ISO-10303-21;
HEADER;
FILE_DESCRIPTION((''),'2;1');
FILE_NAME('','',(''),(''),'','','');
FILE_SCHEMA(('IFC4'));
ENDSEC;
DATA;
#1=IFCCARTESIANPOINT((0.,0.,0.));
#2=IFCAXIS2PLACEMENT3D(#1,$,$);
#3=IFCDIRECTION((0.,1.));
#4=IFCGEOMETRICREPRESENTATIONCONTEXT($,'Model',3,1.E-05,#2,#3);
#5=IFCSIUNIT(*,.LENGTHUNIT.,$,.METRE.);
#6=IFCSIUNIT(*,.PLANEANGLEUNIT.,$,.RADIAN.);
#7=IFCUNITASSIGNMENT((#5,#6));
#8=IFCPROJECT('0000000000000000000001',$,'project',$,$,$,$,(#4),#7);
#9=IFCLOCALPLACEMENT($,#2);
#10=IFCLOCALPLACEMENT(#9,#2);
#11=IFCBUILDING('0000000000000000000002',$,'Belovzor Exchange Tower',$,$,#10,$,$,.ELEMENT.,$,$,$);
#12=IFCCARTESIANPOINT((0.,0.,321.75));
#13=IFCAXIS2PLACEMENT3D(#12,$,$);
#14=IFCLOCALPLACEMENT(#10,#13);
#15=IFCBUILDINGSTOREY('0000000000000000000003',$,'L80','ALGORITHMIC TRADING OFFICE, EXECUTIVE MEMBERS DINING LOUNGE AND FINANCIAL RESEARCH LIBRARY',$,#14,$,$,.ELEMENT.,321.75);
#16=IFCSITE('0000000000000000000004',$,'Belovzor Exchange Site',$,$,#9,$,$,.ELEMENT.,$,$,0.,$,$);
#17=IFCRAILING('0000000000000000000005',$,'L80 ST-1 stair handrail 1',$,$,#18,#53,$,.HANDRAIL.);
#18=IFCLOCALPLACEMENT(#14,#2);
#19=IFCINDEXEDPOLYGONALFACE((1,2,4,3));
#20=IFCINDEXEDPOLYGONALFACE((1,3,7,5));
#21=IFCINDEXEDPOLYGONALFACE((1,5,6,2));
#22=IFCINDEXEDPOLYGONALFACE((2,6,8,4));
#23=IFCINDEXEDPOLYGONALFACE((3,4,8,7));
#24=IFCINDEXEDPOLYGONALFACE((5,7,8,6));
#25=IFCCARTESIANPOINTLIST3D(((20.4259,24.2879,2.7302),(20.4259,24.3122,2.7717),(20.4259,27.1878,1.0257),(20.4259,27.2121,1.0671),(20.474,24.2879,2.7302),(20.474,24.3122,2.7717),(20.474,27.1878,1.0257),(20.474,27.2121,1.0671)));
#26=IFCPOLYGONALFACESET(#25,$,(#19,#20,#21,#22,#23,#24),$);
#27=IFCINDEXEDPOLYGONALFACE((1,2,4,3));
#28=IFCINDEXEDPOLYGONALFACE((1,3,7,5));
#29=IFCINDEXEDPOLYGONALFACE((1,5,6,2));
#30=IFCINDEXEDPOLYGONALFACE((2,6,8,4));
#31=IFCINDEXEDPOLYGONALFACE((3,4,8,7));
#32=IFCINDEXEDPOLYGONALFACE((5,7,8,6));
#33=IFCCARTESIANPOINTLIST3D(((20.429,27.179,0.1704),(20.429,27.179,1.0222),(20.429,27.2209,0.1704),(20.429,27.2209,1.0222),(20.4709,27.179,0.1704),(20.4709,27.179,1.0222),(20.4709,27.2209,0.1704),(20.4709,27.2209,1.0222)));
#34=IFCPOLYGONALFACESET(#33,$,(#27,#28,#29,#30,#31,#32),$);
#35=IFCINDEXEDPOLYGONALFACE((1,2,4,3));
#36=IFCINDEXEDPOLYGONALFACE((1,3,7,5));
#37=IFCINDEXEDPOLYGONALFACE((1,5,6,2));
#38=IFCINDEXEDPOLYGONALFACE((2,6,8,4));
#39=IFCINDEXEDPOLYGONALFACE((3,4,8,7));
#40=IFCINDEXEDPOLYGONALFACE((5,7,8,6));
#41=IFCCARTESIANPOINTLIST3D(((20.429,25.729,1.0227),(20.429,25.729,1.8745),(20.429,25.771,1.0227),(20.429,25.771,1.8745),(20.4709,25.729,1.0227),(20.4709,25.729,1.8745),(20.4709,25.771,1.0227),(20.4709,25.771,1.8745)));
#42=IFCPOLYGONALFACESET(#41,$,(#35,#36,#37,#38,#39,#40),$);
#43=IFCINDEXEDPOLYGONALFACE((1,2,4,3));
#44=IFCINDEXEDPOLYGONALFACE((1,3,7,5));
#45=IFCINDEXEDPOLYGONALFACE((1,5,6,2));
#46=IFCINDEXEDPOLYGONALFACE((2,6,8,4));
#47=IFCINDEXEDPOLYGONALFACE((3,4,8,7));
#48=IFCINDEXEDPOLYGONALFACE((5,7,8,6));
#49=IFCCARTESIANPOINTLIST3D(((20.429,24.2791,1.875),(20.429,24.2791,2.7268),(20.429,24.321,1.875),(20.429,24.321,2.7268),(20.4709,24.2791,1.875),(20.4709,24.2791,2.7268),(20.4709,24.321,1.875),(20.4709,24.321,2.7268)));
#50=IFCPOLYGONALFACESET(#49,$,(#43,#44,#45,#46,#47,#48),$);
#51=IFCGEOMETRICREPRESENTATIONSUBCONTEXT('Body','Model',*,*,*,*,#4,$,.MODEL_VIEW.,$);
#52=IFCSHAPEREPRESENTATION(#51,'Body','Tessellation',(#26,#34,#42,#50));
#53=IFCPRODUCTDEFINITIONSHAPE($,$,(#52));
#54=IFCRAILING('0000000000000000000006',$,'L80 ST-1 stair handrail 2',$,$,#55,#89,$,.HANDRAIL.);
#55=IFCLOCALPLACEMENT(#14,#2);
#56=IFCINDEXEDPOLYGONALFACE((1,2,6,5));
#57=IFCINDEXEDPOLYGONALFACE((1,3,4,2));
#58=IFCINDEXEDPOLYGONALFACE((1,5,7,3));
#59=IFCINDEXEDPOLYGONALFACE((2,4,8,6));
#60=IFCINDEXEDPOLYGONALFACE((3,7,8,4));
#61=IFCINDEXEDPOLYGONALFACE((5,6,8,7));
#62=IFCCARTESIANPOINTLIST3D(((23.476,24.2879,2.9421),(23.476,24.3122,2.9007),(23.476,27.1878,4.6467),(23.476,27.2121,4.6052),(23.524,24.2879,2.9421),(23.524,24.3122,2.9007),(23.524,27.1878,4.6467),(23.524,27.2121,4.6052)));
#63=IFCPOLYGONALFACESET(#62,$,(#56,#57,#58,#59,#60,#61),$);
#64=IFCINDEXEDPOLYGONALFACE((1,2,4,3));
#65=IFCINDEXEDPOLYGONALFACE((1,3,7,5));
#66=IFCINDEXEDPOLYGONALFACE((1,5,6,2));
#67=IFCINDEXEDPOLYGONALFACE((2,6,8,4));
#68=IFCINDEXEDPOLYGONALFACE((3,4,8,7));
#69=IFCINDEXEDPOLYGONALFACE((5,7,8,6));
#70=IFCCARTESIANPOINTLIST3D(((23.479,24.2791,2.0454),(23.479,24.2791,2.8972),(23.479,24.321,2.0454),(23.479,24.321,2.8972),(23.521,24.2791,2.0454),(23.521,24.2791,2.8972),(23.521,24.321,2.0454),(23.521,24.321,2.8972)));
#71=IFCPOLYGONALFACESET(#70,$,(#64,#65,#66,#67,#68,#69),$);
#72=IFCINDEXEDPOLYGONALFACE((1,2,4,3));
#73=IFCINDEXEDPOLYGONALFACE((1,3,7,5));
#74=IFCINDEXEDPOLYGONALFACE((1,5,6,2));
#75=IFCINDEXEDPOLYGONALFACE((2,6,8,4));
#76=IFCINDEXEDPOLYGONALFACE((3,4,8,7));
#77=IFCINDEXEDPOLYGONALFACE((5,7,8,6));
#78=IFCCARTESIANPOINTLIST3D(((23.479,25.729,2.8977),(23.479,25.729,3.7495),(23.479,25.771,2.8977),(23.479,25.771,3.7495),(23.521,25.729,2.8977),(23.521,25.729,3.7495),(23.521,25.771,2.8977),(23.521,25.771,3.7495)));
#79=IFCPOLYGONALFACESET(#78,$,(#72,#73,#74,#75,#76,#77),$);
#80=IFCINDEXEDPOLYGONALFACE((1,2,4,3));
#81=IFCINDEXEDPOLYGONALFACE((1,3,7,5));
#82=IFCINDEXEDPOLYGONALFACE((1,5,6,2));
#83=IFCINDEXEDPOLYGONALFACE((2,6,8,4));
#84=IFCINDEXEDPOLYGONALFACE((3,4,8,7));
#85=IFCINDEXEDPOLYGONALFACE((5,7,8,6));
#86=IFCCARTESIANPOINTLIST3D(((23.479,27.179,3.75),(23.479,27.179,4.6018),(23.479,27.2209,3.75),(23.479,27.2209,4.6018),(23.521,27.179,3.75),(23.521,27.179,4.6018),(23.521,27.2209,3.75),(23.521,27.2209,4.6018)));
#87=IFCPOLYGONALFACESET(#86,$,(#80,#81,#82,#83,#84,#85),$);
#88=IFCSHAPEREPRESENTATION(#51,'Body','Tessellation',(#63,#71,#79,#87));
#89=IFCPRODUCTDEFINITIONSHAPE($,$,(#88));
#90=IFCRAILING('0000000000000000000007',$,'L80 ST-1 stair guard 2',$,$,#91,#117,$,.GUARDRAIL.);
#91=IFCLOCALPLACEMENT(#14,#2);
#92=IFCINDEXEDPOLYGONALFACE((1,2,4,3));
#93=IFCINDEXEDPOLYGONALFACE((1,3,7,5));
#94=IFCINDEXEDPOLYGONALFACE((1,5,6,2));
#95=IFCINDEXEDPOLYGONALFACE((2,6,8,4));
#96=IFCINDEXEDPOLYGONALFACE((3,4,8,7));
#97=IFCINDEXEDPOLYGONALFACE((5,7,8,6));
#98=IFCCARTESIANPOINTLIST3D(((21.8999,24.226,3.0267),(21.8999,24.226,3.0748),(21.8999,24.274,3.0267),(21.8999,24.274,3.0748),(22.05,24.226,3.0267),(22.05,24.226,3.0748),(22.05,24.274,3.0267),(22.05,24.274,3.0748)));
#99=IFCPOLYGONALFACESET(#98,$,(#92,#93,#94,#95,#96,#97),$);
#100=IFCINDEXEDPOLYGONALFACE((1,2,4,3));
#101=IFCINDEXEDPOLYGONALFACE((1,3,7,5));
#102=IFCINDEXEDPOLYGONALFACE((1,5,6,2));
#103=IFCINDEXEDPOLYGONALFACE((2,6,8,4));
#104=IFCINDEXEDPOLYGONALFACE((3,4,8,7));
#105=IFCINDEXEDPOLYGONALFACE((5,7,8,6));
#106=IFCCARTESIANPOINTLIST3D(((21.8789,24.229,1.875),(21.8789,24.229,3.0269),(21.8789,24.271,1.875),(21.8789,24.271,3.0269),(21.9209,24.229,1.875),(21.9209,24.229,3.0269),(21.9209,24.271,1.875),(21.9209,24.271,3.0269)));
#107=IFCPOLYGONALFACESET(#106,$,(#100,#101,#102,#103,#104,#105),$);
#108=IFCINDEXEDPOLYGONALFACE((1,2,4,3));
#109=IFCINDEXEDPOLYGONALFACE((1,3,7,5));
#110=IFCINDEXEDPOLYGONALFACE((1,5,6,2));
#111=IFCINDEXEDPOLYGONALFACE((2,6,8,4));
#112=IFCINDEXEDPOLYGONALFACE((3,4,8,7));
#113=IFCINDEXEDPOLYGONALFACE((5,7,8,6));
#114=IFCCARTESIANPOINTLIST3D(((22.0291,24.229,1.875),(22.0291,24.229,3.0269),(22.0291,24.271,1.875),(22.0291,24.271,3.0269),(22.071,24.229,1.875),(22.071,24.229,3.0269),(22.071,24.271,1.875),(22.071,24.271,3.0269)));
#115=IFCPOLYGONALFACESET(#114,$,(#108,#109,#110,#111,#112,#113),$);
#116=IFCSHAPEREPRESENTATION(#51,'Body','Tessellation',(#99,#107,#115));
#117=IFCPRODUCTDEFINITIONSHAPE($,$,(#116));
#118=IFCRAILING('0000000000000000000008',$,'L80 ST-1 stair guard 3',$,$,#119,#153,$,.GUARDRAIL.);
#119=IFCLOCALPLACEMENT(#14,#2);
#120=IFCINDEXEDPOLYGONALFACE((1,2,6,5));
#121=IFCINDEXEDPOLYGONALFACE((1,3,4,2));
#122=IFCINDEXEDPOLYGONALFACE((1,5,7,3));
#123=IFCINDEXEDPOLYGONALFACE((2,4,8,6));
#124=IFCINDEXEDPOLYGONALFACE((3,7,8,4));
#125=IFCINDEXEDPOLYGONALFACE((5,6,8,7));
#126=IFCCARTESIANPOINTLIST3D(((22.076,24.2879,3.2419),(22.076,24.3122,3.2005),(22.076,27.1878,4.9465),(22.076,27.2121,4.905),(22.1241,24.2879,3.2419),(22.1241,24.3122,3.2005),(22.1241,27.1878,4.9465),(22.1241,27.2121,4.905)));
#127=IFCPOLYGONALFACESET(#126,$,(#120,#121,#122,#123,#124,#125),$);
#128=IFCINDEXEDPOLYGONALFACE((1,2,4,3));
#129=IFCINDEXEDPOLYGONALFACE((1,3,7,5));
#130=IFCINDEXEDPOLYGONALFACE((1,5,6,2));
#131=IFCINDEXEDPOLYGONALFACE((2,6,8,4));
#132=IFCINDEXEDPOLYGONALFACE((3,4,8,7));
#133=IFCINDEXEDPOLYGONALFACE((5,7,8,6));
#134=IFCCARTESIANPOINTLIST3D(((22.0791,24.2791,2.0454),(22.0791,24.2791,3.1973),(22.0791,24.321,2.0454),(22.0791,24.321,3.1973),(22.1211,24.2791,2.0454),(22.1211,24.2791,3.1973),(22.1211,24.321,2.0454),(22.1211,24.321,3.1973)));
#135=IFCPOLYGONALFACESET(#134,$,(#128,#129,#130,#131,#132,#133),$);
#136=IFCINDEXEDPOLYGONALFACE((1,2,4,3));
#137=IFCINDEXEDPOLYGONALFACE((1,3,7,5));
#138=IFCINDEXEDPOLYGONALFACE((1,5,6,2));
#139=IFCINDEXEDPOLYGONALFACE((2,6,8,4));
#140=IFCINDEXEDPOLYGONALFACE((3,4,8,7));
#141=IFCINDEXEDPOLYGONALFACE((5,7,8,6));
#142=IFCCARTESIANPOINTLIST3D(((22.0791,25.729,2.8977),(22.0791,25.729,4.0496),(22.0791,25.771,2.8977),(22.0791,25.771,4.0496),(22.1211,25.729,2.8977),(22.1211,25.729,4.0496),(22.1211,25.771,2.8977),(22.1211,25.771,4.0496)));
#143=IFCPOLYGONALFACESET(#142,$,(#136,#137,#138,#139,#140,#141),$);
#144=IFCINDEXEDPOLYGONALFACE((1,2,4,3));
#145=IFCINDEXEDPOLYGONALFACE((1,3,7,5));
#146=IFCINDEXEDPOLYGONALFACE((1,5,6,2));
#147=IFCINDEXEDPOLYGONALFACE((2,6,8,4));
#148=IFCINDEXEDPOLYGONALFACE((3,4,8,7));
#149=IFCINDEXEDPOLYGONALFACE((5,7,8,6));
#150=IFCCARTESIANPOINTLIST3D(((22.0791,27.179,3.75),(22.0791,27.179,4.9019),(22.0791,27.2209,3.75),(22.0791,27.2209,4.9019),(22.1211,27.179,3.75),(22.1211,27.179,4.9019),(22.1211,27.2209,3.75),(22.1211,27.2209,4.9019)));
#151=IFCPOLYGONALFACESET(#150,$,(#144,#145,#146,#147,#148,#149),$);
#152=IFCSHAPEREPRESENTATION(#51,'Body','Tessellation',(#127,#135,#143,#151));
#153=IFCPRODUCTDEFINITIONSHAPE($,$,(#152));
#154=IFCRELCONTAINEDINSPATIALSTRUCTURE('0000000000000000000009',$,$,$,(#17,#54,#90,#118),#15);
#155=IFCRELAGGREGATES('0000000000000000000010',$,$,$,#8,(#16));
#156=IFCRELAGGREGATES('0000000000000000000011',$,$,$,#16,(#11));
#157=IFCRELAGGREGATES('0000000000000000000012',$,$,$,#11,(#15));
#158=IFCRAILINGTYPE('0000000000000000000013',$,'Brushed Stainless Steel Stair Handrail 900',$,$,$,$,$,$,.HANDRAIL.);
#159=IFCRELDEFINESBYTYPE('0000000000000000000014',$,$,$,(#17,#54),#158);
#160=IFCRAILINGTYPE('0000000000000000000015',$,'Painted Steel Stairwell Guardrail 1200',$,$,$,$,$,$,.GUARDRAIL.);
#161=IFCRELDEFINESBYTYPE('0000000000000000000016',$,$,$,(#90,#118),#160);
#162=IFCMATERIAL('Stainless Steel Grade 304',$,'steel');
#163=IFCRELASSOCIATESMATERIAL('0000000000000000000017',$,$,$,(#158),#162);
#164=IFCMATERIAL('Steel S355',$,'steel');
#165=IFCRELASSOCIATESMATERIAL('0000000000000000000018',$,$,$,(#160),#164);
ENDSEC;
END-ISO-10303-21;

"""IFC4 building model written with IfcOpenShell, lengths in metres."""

from ifc_helpers import new_model, si_unit, direction, frame, origin, origin_2d, place, context, subcontext, project, spatial, rectangle, extrude, material, type_object, element, save


model = new_model("IFC4")

# Units and contexts
model_context = context("Model", 3, precision=1e-05, world=origin(), true_north=direction((0.0, 1.0)))
body_context = subcontext(model_context, "Body", "Model", "MODEL_VIEW")
ifc_project = project(units=[si_unit("LENGTHUNIT", "METRE"), si_unit("PLANEANGLEUNIT", "RADIAN")], contexts=[model_context])

# Site, building, storey
site_placement = place(None, origin())
site = spatial("IfcSite", under=ifc_project, at=site_placement, Name="Belovzor Exchange Site", CompositionType="ELEMENT", RefElevation=0.0)
building_placement = place(site_placement, origin())
building = spatial("IfcBuilding", under=site, at=building_placement, Name="Belovzor Exchange Tower", CompositionType="ELEMENT")
storey_placement = place(building_placement, frame((0.0, 0.0, 321.75)))
storey = spatial("IfcBuildingStorey", under=building, at=storey_placement, Name="L80", Description="ALGORITHMIC TRADING OFFICE, EXECUTIVE MEMBERS DINING LOUNGE AND FINANCIAL RESEARCH LIBRARY", CompositionType="ELEMENT", Elevation=321.75)

# Railings
ifc_material_1 = material(Name="Stainless Steel Grade 304", Category="steel")
railing_type_1 = type_object("IfcRailingType", Name="Brushed Stainless Steel Stair Handrail 900", PredefinedType="HANDRAIL", material=ifc_material_1)
railing_1_placement = place(storey_placement, frame((20.45, 27.2, 0.1704)))
element("IfcRailing", 1, at=railing_1_placement, inside=storey, type_object=railing_type_1, Name="L80 ST-1 stair handrail 1", PredefinedType="HANDRAIL", context=body_context, shape_type="SweptSolid", body=[
    extrude(rectangle(XDim=0.0481, YDim=0.0481, at=origin_2d()), frame((0.0, 0.0, 0.876), z_axis=(0.0, -0.862095, 0.506747), x_axis=(1.0, 0.0, 0.0)), (0.0, 0.0, 1.0), 3.3638),
    extrude(rectangle(XDim=0.042, YDim=0.042, at=origin_2d()), origin(), (0.0, 0.0, 1.0), 0.8518),
    extrude(rectangle(XDim=0.042, YDim=0.042, at=origin_2d()), frame((0.0, -1.45, 0.8523)), (0.0, 0.0, 1.0), 0.8518),
    extrude(rectangle(XDim=0.042, YDim=0.042, at=origin_2d()), frame((0.0, -2.8999, 1.7046)), (0.0, 0.0, 1.0), 0.8518),
])
railing_2_placement = place(storey_placement, frame((23.5, 24.3, 2.0454)))
element("IfcRailing", 2, at=railing_2_placement, inside=storey, type_object=railing_type_1, Name="L80 ST-1 stair handrail 2", PredefinedType="HANDRAIL", context=body_context, shape_type="SweptSolid", body=[
    extrude(rectangle(XDim=0.0481, YDim=0.0481, at=origin_2d()), frame((0.0, 0.0, 0.876), z_axis=(0.0, 0.862095, 0.506747), x_axis=(-1.0, 0.0, 0.0)), (0.0, 0.0, 1.0), 3.3638),
    extrude(rectangle(XDim=0.042, YDim=0.042, at=origin_2d()), origin(), (0.0, 0.0, 1.0), 0.8518),
    extrude(rectangle(XDim=0.042, YDim=0.042, at=origin_2d()), frame((0.0, 1.45, 0.8523)), (0.0, 0.0, 1.0), 0.8518),
    extrude(rectangle(XDim=0.042, YDim=0.042, at=origin_2d()), frame((0.0, 2.8999, 1.7046)), (0.0, 0.0, 1.0), 0.8518),
])
ifc_material_2 = material(Name="Steel S355", Category="steel")
railing_type_2 = type_object("IfcRailingType", Name="Painted Steel Stairwell Guardrail 1200", PredefinedType="GUARDRAIL", material=ifc_material_2)
railing_3_placement = place(storey_placement, frame((21.8999, 24.25, 1.875)))
element("IfcRailing", 3, at=railing_3_placement, inside=storey, type_object=railing_type_2, Name="L80 ST-1 stair guard 2", PredefinedType="GUARDRAIL", context=body_context, shape_type="SweptSolid", body=[
    extrude(rectangle(XDim=0.0481, YDim=0.0481, at=origin_2d()), frame((0.0, 0.0, 1.1758), z_axis=(1.0, 0.0, 0.0), x_axis=(0.0, 1.0, 0.0)), (0.0, 0.0, 1.0), 0.1501),
    extrude(rectangle(XDim=0.042, YDim=0.042, at=origin_2d()), origin(), (0.0, 0.0, 1.0), 1.1519),
    extrude(rectangle(XDim=0.042, YDim=0.042, at=origin_2d()), frame((0.1501, 0.0, 0.0)), (0.0, 0.0, 1.0), 1.1519),
])
railing_4_placement = place(storey_placement, frame((22.1001, 24.3, 2.0454)))
element("IfcRailing", 4, at=railing_4_placement, inside=storey, type_object=railing_type_2, Name="L80 ST-1 stair guard 3", PredefinedType="GUARDRAIL", context=body_context, shape_type="SweptSolid", body=[
    extrude(rectangle(XDim=0.0481, YDim=0.0481, at=origin_2d()), frame((0.0, 0.0, 1.1758), z_axis=(0.0, 0.862095, 0.506747), x_axis=(-1.0, 0.0, 0.0)), (0.0, 0.0, 1.0), 3.3638),
    extrude(rectangle(XDim=0.042, YDim=0.042, at=origin_2d()), origin(), (0.0, 0.0, 1.0), 1.1519),
    extrude(rectangle(XDim=0.042, YDim=0.042, at=origin_2d()), frame((0.0, 1.45, 0.8523)), (0.0, 0.0, 1.0), 1.1519),
    extrude(rectangle(XDim=0.042, YDim=0.042, at=origin_2d()), frame((0.0, 2.8999, 1.7046)), (0.0, 0.0, 1.0), 1.1519),
])

save(model, "model.ifc")
